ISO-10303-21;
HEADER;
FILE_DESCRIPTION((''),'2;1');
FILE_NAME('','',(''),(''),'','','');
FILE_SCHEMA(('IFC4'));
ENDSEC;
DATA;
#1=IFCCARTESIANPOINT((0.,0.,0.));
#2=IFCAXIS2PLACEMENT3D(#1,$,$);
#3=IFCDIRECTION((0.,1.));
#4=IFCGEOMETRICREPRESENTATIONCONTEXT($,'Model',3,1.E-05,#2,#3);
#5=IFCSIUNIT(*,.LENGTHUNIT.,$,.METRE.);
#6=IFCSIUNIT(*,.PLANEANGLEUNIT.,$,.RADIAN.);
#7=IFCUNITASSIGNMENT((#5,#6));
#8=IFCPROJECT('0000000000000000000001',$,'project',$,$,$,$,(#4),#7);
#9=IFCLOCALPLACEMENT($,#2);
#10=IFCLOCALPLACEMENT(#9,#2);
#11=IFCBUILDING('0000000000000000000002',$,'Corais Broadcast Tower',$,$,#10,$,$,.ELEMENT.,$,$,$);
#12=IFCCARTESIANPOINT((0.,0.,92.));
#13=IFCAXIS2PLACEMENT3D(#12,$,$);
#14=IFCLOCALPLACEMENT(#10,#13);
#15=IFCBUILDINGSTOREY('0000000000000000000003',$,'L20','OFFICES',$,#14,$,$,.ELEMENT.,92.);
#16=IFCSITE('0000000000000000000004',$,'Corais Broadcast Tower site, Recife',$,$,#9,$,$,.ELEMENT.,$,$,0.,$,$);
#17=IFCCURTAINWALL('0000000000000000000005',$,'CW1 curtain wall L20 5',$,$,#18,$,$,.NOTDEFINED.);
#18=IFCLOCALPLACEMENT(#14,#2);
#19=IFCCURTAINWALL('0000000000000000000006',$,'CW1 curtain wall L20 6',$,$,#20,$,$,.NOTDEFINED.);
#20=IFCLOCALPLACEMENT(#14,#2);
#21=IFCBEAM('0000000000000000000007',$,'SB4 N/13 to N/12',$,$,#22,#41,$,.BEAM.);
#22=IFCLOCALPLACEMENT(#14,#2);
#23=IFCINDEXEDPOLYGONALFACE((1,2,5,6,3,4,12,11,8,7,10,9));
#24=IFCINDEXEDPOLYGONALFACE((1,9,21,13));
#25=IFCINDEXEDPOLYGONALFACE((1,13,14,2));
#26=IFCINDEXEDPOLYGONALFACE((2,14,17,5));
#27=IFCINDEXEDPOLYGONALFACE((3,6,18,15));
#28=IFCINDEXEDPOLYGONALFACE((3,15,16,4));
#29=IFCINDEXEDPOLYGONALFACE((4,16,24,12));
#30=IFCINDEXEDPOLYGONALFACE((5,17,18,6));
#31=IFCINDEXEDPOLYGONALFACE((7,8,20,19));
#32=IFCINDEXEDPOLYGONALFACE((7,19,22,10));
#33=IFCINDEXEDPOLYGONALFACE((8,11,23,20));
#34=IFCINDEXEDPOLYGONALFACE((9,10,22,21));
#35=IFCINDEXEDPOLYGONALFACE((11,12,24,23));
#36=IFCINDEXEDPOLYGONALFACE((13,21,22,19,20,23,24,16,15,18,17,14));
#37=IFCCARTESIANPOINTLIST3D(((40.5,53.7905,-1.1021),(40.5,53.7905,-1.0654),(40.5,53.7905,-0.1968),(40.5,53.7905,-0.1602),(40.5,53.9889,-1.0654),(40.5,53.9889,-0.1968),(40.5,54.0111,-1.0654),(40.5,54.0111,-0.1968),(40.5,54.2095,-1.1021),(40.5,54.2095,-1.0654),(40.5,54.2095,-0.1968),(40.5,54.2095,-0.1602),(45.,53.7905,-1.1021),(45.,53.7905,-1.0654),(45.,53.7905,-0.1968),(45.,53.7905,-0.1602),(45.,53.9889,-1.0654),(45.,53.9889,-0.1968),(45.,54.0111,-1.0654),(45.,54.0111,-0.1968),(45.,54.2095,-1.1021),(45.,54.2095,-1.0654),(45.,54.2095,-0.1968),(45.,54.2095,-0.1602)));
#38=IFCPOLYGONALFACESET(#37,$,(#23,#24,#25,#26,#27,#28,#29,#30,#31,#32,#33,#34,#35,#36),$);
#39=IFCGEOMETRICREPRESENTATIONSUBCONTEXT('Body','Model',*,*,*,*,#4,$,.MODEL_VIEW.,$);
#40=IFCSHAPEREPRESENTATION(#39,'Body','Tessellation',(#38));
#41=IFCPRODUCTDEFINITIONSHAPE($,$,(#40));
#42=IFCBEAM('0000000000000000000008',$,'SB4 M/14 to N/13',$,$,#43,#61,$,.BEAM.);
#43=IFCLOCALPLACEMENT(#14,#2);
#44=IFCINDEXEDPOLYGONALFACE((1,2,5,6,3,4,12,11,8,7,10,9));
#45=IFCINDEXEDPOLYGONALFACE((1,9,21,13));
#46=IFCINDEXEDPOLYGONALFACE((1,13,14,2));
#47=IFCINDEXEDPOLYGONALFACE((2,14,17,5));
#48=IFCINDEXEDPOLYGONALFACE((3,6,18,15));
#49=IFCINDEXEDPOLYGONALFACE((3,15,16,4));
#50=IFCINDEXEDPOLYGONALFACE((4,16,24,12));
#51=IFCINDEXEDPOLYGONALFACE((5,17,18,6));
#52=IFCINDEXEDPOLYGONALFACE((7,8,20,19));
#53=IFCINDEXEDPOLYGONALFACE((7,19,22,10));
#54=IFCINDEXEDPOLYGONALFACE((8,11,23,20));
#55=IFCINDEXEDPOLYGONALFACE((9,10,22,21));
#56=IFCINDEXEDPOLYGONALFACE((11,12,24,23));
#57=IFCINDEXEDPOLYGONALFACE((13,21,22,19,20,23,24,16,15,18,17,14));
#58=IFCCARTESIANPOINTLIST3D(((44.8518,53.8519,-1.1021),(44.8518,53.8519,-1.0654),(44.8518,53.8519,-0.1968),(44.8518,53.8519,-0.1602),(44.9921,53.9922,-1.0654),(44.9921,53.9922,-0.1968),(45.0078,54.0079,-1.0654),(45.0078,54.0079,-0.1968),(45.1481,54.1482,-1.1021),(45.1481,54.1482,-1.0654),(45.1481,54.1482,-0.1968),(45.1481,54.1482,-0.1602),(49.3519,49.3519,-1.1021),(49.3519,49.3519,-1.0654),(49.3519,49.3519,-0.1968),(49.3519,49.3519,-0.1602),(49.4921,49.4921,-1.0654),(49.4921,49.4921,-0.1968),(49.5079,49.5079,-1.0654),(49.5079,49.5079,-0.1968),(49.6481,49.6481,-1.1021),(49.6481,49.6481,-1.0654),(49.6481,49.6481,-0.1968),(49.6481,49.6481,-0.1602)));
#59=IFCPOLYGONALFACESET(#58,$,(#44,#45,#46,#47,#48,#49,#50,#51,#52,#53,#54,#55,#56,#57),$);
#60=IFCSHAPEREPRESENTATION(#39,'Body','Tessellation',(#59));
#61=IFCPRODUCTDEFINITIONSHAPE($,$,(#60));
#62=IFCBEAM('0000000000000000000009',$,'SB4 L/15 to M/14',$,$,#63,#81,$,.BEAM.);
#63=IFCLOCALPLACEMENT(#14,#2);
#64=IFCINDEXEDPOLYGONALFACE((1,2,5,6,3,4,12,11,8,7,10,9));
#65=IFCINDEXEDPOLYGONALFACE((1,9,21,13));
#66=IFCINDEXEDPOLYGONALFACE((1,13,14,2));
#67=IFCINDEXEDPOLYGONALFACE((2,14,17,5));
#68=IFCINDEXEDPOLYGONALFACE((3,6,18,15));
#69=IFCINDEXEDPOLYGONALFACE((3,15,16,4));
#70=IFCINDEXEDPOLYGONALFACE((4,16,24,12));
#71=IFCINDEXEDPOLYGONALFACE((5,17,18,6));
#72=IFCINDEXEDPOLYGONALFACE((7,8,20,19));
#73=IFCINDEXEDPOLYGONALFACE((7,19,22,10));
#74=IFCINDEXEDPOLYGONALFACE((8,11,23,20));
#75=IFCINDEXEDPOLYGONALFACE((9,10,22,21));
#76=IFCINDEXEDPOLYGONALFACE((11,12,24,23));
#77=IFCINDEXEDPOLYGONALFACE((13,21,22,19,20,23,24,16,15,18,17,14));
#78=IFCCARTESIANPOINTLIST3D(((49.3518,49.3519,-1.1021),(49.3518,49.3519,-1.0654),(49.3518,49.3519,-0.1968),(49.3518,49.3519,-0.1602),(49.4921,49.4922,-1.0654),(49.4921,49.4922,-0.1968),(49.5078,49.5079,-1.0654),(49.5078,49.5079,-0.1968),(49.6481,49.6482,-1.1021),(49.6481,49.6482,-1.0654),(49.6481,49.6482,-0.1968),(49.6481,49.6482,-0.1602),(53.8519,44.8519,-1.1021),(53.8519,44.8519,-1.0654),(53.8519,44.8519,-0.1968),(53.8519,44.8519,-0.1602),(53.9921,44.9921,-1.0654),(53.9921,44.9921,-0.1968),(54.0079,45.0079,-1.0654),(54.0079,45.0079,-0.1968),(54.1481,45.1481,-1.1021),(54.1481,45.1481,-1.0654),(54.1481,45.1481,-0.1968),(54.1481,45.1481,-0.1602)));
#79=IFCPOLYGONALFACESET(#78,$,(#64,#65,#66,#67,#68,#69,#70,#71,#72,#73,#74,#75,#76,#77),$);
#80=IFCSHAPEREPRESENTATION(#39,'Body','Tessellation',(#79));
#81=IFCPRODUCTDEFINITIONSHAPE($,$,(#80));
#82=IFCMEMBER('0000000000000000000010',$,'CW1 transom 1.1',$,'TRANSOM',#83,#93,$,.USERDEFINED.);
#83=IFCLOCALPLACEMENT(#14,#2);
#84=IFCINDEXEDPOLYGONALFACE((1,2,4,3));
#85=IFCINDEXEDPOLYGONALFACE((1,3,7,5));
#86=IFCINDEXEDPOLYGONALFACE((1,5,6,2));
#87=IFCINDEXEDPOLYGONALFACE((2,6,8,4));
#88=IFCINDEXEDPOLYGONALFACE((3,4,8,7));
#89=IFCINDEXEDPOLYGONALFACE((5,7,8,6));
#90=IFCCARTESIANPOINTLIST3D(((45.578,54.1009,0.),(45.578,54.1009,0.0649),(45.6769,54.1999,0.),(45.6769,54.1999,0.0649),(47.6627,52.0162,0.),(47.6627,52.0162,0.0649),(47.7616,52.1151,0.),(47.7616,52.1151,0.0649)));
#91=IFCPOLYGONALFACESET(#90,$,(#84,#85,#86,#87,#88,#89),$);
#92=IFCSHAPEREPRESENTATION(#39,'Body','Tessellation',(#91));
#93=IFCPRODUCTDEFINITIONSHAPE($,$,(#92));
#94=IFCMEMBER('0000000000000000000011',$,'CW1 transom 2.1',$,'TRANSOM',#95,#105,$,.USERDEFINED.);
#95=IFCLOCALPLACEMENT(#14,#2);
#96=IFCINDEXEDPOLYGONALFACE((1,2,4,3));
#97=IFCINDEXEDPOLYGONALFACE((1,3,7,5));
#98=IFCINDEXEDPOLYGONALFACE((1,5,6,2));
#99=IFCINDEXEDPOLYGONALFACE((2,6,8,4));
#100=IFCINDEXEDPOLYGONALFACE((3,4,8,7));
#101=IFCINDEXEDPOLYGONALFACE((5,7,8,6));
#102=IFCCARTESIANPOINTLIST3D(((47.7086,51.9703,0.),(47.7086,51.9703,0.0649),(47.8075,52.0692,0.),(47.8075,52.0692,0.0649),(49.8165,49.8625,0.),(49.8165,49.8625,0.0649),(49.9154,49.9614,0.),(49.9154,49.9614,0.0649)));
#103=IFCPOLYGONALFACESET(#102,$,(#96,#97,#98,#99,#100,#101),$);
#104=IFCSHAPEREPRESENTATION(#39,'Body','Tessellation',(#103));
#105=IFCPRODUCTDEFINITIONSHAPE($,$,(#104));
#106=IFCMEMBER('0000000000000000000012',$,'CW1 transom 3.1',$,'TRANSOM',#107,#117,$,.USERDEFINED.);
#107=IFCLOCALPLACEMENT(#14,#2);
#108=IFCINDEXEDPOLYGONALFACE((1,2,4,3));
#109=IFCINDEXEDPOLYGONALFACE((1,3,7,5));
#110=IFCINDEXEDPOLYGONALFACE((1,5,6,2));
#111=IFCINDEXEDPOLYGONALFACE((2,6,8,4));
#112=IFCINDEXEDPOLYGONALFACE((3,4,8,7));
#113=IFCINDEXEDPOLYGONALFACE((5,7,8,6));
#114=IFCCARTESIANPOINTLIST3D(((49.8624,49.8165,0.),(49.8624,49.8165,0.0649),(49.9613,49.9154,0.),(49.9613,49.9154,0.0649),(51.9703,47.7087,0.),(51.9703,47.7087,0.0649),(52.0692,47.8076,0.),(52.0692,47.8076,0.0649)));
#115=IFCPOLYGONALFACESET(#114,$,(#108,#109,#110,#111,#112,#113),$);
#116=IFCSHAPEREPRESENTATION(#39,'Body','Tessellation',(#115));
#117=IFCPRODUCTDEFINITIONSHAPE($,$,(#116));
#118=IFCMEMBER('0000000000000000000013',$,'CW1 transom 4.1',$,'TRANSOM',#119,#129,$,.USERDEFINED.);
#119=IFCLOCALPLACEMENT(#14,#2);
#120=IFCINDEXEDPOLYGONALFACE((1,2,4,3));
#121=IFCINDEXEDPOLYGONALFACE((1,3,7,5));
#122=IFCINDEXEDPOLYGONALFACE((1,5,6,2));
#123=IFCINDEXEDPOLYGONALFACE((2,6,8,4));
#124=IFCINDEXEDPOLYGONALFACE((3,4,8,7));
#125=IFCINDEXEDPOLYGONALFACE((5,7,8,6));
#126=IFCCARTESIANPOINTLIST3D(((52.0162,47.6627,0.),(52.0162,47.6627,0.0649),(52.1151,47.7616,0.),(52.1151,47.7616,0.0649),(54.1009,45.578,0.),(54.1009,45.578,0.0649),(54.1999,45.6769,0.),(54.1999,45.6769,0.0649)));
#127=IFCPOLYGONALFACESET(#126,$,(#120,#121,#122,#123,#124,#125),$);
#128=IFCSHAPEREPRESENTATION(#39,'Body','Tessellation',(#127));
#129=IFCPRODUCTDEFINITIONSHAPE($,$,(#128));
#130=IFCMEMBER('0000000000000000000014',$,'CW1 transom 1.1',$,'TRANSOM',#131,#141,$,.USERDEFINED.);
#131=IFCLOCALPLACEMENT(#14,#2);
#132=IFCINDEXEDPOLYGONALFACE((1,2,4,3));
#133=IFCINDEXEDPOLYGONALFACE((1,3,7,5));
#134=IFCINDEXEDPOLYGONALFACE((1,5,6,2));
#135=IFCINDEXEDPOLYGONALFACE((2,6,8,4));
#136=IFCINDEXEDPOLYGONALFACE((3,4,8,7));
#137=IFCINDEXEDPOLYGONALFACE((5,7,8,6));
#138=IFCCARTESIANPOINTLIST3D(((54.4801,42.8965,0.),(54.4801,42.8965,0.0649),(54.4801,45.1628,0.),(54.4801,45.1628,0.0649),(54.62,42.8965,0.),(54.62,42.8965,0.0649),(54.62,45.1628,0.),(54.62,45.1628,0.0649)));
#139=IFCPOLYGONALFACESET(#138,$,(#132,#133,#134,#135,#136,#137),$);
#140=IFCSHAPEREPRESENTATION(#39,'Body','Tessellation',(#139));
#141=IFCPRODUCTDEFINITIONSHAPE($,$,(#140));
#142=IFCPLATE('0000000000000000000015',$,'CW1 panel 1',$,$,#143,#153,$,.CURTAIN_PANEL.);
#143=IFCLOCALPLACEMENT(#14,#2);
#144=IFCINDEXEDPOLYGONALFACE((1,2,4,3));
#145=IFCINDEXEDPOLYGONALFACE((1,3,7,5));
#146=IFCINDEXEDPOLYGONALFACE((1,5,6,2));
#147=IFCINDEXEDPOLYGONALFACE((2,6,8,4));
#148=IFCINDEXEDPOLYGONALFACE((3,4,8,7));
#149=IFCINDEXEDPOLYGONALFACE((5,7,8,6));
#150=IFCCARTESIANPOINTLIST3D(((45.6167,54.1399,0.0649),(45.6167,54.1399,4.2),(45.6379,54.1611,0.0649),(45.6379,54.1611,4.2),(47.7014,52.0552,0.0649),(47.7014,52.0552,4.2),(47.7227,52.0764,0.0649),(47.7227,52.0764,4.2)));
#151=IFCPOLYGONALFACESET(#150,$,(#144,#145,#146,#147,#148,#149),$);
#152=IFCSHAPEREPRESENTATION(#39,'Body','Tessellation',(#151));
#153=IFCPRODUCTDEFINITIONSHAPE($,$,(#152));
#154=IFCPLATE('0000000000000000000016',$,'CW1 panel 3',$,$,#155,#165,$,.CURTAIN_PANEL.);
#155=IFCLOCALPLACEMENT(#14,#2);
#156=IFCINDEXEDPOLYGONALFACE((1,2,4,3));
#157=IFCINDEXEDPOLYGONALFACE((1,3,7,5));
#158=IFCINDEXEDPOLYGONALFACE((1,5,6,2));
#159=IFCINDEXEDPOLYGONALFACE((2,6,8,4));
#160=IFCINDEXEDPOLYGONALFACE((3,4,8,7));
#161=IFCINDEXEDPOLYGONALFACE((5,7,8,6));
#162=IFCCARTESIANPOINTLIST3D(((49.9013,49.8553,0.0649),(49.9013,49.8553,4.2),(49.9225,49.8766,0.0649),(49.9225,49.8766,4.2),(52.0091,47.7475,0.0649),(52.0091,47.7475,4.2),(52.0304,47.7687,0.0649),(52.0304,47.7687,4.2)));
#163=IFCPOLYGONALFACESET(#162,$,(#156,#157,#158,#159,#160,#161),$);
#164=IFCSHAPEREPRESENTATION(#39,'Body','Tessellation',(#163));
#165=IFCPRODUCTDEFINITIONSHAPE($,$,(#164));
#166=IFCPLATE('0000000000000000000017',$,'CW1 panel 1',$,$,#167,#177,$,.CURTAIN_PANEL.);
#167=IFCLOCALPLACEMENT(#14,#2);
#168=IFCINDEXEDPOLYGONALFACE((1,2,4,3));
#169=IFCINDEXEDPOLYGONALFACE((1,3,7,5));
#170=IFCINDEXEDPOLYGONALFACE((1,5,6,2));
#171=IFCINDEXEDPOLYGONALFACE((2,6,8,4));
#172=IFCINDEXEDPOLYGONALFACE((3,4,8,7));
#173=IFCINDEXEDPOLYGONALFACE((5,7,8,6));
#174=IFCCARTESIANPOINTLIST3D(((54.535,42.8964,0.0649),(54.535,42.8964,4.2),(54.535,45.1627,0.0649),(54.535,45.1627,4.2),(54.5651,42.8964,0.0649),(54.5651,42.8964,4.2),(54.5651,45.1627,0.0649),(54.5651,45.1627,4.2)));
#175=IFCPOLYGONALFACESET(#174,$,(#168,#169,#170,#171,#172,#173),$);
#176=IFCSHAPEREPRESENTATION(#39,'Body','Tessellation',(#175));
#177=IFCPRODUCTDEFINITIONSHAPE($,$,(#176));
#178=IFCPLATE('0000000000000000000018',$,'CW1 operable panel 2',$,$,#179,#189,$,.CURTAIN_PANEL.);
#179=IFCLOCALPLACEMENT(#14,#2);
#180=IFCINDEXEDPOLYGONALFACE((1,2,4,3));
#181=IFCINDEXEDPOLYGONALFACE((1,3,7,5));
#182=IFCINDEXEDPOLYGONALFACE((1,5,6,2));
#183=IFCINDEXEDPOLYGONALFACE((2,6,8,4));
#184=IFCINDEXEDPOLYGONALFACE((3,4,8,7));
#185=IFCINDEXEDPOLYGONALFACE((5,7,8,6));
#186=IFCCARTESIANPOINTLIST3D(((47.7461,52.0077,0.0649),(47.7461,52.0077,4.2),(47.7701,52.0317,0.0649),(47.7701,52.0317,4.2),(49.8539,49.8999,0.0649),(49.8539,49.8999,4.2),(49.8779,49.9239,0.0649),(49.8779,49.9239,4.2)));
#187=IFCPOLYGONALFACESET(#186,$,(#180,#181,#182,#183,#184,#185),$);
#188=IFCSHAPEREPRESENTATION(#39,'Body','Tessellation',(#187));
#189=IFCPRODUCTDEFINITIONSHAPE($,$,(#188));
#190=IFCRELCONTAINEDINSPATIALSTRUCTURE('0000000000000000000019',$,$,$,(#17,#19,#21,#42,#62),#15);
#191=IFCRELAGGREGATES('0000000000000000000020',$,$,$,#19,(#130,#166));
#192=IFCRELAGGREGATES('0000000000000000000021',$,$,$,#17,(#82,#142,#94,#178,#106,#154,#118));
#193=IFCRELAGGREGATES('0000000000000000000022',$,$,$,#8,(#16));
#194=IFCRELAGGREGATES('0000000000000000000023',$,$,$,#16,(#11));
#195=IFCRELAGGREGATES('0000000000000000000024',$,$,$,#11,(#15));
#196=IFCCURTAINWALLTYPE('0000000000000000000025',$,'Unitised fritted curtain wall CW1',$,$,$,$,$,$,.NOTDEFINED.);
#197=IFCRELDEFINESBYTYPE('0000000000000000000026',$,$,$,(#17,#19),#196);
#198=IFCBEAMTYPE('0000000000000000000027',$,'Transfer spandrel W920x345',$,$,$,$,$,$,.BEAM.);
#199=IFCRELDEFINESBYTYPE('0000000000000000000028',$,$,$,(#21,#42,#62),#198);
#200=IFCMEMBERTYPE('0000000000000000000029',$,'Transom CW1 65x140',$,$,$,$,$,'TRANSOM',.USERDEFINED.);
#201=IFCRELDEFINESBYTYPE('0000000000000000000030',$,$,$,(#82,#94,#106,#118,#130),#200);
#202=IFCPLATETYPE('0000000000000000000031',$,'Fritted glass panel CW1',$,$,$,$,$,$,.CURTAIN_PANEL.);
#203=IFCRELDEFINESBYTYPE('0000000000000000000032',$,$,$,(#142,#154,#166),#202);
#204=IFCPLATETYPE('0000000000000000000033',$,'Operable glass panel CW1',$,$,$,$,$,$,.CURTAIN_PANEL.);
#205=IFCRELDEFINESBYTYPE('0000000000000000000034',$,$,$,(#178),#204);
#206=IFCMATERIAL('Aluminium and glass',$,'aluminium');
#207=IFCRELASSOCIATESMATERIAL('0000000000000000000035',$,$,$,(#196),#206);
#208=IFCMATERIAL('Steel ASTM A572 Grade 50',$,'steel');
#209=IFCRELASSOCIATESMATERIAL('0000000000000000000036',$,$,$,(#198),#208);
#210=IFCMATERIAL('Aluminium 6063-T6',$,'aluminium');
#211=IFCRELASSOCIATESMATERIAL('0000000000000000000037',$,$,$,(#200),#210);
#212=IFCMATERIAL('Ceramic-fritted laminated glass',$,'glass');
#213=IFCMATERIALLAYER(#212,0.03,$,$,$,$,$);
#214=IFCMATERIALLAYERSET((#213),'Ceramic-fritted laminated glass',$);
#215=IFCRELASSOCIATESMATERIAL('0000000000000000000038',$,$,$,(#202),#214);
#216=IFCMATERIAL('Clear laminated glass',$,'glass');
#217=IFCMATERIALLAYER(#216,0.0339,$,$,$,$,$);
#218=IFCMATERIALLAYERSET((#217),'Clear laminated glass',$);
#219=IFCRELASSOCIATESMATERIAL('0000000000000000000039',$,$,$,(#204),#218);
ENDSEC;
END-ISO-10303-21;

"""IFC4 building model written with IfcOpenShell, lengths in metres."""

from ifc_helpers import new_model, si_unit, direction, frame, origin, origin_2d, place, context, subcontext, project, spatial, rectangle, i_section, extrude, material, layer, layer_set, material_profile, profile_set, type_object, element, aggregate, save


model = new_model("IFC4")

# Units and contexts
model_context = context("Model", 3, precision=1e-05, world=origin(), true_north=direction((0.0, 1.0)))
body_context = subcontext(model_context, "Body", "Model", "MODEL_VIEW")
ifc_project = project(units=[si_unit("LENGTHUNIT", "METRE"), si_unit("PLANEANGLEUNIT", "RADIAN")], contexts=[model_context])

# Site, building, storey
site_placement = place(None, origin())
site = spatial("IfcSite", under=ifc_project, at=site_placement, Name="Corais Broadcast Tower site, Recife", CompositionType="ELEMENT", RefElevation=0.0)
building_placement = place(site_placement, origin())
building = spatial("IfcBuilding", under=site, at=building_placement, Name="Corais Broadcast Tower", CompositionType="ELEMENT")
storey_placement = place(building_placement, frame((0.0, 0.0, 92.0)))
storey = spatial("IfcBuildingStorey", under=building, at=storey_placement, Name="L20", Description="OFFICES", CompositionType="ELEMENT", Elevation=92.0)

# Shared definitions
ifc_material_1 = material(Name="Aluminium and glass", Category="aluminium")
curtain_wall_type = type_object("IfcCurtainWallType", Name="Unitised fritted curtain wall CW1", PredefinedType="NOTDEFINED", material=ifc_material_1)

# Curtain wall
curtain_wall_1_placement = place(storey_placement, origin())
curtain_wall_1 = element("IfcCurtainWall", 1, at=curtain_wall_1_placement, inside=storey, type_object=curtain_wall_type, Name="CW1 curtain wall L20 5", PredefinedType="NOTDEFINED")

# Curtain wall
curtain_wall_2_placement = place(storey_placement, origin())
curtain_wall_2 = element("IfcCurtainWall", 2, at=curtain_wall_2_placement, inside=storey, type_object=curtain_wall_type, Name="CW1 curtain wall L20 6", PredefinedType="NOTDEFINED")

# Beams
ifc_material_2 = material(Name="Steel ASTM A572 Grade 50", Category="steel")
ifc_material_profile_1 = material_profile(ifc_material_2, i_section(OverallWidth=0.4189, OverallDepth=0.9419, WebThickness=0.0222, FlangeThickness=0.0366, at=origin_2d()), Name="W920x345")
ifc_profile_set_1 = profile_set([ifc_material_profile_1], Name="Steel ASTM A572 Grade 50")
beam_type_1 = type_object("IfcBeamType", Name="Transfer spandrel W920x345", PredefinedType="BEAM", material=ifc_profile_set_1)
beam_1_placement = place(storey_placement, frame((45.0, 54.0, -0.6311), z_axis=(-1.0, 0.0, 0.0), x_axis=(0.0, -1.0, 0.0)))
element("IfcBeam", 3, at=beam_1_placement, inside=storey, type_object=beam_type_1, Name="SB4 N/13 to N/12", PredefinedType="BEAM", context=body_context, shape_type="SweptSolid", body=[
    extrude(i_section(OverallWidth=0.4189, OverallDepth=0.9419, WebThickness=0.0222, FlangeThickness=0.0366, at=origin_2d()), origin(), (0.0, 0.0, 1.0), 4.5),
])
for number, where, z_axis, x_axis, name in (
    (4, (49.5, 49.5, -0.6311), (-0.707107, 0.707107, 0.0), (-0.707107, -0.707107, 0.0), "SB4 M/14 to N/13"),
    (5, (54.0, 45.0, -0.6311), (-0.707107, 0.707107, 0.0), (-0.707107, -0.707107, 0.0), "SB4 L/15 to M/14"),
):
    element("IfcBeam", number, at=place(storey_placement, frame(where, z_axis=z_axis, x_axis=x_axis)), inside=storey, type_object=beam_type_1, Name=name, PredefinedType="BEAM", context=body_context, shape_type="SweptSolid", body=[
        extrude(i_section(OverallWidth=0.4189, OverallDepth=0.9419, WebThickness=0.0222, FlangeThickness=0.0366, at=origin_2d()), origin(), (0.0, 0.0, 1.0), 6.364),
    ])

# Members
ifc_material_3 = material(Name="Aluminium 6063-T6", Category="aluminium")
ifc_material_profile_2 = material_profile(ifc_material_3, rectangle(XDim=0.1399, YDim=0.0649, at=origin_2d()), Name="Transom CW1 65x140")
ifc_profile_set_2 = profile_set([ifc_material_profile_2], Name="Aluminium 6063-T6")
member_type_1 = type_object("IfcMemberType", Name="Transom CW1 65x140", ElementType="TRANSOM", PredefinedType="USERDEFINED", material=ifc_profile_set_2)
member_1_placement = place(storey_placement, frame((45.6274, 54.1504, 0.0325), z_axis=(0.707107, -0.707107, 0.0), x_axis=(0.707107, 0.707107, 0.0)))
member_1 = element("IfcMember", 6, at=member_1_placement, type_object=member_type_1, Name="CW1 transom 1.1", ObjectType="TRANSOM", PredefinedType="USERDEFINED", context=body_context, shape_type="SweptSolid", body=[
    extrude(rectangle(XDim=0.1399, YDim=0.0649, at=origin_2d()), origin(), (0.0, 0.0, 1.0), 2.9482),
])
member_2_placement = place(storey_placement, frame((47.7581, 52.0198, 0.0325), z_axis=(0.707107, -0.707107, 0.0), x_axis=(0.707107, 0.707107, 0.0)))
member_2 = element("IfcMember", 7, at=member_2_placement, type_object=member_type_1, Name="CW1 transom 2.1", ObjectType="TRANSOM", PredefinedType="USERDEFINED", context=body_context, shape_type="SweptSolid", body=[
    extrude(rectangle(XDim=0.1399, YDim=0.0649, at=origin_2d()), origin(), (0.0, 0.0, 1.0), 2.981),
])
member_3_placement = place(storey_placement, frame((49.9119, 49.866, 0.0325), z_axis=(0.707107, -0.707107, 0.0), x_axis=(0.707107, 0.707107, 0.0)))
member_3 = element("IfcMember", 8, at=member_3_placement, type_object=member_type_1, Name="CW1 transom 3.1", ObjectType="TRANSOM", PredefinedType="USERDEFINED", context=body_context, shape_type="SweptSolid", body=[
    extrude(rectangle(XDim=0.1399, YDim=0.0649, at=origin_2d()), origin(), (0.0, 0.0, 1.0), 2.981),
])
member_4_placement = place(storey_placement, frame((52.0657, 47.7122, 0.0325), z_axis=(0.707107, -0.707107, 0.0), x_axis=(0.707107, 0.707107, 0.0)))
member_4 = element("IfcMember", 9, at=member_4_placement, type_object=member_type_1, Name="CW1 transom 4.1", ObjectType="TRANSOM", PredefinedType="USERDEFINED", context=body_context, shape_type="SweptSolid", body=[
    extrude(rectangle(XDim=0.1399, YDim=0.0649, at=origin_2d()), origin(), (0.0, 0.0, 1.0), 2.9482),
])
member_5_placement = place(storey_placement, frame((54.55, 45.1628, 0.0325), z_axis=(0.0, -1.0, 0.0), x_axis=(1.0, 0.0, 0.0)))
member_5 = element("IfcMember", 10, at=member_5_placement, type_object=member_type_1, Name="CW1 transom 1.1", ObjectType="TRANSOM", PredefinedType="USERDEFINED", context=body_context, shape_type="SweptSolid", body=[
    extrude(rectangle(XDim=0.1399, YDim=0.0649, at=origin_2d()), origin(), (0.0, 0.0, 1.0), 2.2664),
])

# Plates
ifc_material_4 = material(Name="Ceramic-fritted laminated glass", Category="glass")
ifc_layer_1 = layer(ifc_material_4, 0.03)
ifc_layer_set_1 = layer_set([ifc_layer_1], Name="Ceramic-fritted laminated glass")
plate_type_1 = type_object("IfcPlateType", Name="Fritted glass panel CW1", PredefinedType="CURTAIN_PANEL", material=ifc_layer_set_1)
plate_1_placement = place(storey_placement, frame((46.6697, 53.1082, 0.0649), z_axis=(0.0, 0.0, 1.0), x_axis=(0.707107, -0.707107, 0.0)))
plate_1 = element("IfcPlate", 11, at=plate_1_placement, type_object=plate_type_1, Name="CW1 panel 1", PredefinedType="CURTAIN_PANEL", context=body_context, shape_type="SweptSolid", body=[
    extrude(rectangle(XDim=2.9482, YDim=0.03, at=origin_2d()), origin(), (0.0, 0.0, 1.0), 4.135),
])
plate_2_placement = place(storey_placement, frame((50.9658, 48.812, 0.0649), z_axis=(0.0, 0.0, 1.0), x_axis=(0.707107, -0.707107, 0.0)))
plate_2 = element("IfcPlate", 12, at=plate_2_placement, type_object=plate_type_1, Name="CW1 panel 3", PredefinedType="CURTAIN_PANEL", context=body_context, shape_type="SweptSolid", body=[
    extrude(rectangle(XDim=2.981, YDim=0.03, at=origin_2d()), origin(), (0.0, 0.0, 1.0), 4.135),
])
plate_3_placement = place(storey_placement, frame((54.55, 44.0295, 0.0649), z_axis=(0.0, 0.0, 1.0), x_axis=(0.0, -1.0, 0.0)))
plate_3 = element("IfcPlate", 13, at=plate_3_placement, type_object=plate_type_1, Name="CW1 panel 1", PredefinedType="CURTAIN_PANEL", context=body_context, shape_type="SweptSolid", body=[
    extrude(rectangle(XDim=2.2664, YDim=0.03, at=origin_2d()), origin(), (0.0, 0.0, 1.0), 4.135),
])
aggregate(curtain_wall_2, [member_5, plate_3])
ifc_material_5 = material(Name="Clear laminated glass", Category="glass")
ifc_layer_2 = layer(ifc_material_5, 0.0339)
ifc_layer_set_2 = layer_set([ifc_layer_2], Name="Clear laminated glass")
plate_type_2 = type_object("IfcPlateType", Name="Operable glass panel CW1", PredefinedType="CURTAIN_PANEL", material=ifc_layer_set_2)
plate_4_placement = place(storey_placement, frame((48.812, 50.9658, 0.0649), z_axis=(0.0, 0.0, 1.0), x_axis=(0.707107, -0.707107, 0.0)))
plate_4 = element("IfcPlate", 14, at=plate_4_placement, type_object=plate_type_2, Name="CW1 operable panel 2", PredefinedType="CURTAIN_PANEL", context=body_context, shape_type="SweptSolid", body=[
    extrude(rectangle(XDim=2.981, YDim=0.0339, at=origin_2d()), origin(), (0.0, 0.0, 1.0), 4.135),
])
aggregate(curtain_wall_1, [member_1, plate_1, member_2, plate_4, member_3, plate_2, member_4])

save(model, "model.ifc")
